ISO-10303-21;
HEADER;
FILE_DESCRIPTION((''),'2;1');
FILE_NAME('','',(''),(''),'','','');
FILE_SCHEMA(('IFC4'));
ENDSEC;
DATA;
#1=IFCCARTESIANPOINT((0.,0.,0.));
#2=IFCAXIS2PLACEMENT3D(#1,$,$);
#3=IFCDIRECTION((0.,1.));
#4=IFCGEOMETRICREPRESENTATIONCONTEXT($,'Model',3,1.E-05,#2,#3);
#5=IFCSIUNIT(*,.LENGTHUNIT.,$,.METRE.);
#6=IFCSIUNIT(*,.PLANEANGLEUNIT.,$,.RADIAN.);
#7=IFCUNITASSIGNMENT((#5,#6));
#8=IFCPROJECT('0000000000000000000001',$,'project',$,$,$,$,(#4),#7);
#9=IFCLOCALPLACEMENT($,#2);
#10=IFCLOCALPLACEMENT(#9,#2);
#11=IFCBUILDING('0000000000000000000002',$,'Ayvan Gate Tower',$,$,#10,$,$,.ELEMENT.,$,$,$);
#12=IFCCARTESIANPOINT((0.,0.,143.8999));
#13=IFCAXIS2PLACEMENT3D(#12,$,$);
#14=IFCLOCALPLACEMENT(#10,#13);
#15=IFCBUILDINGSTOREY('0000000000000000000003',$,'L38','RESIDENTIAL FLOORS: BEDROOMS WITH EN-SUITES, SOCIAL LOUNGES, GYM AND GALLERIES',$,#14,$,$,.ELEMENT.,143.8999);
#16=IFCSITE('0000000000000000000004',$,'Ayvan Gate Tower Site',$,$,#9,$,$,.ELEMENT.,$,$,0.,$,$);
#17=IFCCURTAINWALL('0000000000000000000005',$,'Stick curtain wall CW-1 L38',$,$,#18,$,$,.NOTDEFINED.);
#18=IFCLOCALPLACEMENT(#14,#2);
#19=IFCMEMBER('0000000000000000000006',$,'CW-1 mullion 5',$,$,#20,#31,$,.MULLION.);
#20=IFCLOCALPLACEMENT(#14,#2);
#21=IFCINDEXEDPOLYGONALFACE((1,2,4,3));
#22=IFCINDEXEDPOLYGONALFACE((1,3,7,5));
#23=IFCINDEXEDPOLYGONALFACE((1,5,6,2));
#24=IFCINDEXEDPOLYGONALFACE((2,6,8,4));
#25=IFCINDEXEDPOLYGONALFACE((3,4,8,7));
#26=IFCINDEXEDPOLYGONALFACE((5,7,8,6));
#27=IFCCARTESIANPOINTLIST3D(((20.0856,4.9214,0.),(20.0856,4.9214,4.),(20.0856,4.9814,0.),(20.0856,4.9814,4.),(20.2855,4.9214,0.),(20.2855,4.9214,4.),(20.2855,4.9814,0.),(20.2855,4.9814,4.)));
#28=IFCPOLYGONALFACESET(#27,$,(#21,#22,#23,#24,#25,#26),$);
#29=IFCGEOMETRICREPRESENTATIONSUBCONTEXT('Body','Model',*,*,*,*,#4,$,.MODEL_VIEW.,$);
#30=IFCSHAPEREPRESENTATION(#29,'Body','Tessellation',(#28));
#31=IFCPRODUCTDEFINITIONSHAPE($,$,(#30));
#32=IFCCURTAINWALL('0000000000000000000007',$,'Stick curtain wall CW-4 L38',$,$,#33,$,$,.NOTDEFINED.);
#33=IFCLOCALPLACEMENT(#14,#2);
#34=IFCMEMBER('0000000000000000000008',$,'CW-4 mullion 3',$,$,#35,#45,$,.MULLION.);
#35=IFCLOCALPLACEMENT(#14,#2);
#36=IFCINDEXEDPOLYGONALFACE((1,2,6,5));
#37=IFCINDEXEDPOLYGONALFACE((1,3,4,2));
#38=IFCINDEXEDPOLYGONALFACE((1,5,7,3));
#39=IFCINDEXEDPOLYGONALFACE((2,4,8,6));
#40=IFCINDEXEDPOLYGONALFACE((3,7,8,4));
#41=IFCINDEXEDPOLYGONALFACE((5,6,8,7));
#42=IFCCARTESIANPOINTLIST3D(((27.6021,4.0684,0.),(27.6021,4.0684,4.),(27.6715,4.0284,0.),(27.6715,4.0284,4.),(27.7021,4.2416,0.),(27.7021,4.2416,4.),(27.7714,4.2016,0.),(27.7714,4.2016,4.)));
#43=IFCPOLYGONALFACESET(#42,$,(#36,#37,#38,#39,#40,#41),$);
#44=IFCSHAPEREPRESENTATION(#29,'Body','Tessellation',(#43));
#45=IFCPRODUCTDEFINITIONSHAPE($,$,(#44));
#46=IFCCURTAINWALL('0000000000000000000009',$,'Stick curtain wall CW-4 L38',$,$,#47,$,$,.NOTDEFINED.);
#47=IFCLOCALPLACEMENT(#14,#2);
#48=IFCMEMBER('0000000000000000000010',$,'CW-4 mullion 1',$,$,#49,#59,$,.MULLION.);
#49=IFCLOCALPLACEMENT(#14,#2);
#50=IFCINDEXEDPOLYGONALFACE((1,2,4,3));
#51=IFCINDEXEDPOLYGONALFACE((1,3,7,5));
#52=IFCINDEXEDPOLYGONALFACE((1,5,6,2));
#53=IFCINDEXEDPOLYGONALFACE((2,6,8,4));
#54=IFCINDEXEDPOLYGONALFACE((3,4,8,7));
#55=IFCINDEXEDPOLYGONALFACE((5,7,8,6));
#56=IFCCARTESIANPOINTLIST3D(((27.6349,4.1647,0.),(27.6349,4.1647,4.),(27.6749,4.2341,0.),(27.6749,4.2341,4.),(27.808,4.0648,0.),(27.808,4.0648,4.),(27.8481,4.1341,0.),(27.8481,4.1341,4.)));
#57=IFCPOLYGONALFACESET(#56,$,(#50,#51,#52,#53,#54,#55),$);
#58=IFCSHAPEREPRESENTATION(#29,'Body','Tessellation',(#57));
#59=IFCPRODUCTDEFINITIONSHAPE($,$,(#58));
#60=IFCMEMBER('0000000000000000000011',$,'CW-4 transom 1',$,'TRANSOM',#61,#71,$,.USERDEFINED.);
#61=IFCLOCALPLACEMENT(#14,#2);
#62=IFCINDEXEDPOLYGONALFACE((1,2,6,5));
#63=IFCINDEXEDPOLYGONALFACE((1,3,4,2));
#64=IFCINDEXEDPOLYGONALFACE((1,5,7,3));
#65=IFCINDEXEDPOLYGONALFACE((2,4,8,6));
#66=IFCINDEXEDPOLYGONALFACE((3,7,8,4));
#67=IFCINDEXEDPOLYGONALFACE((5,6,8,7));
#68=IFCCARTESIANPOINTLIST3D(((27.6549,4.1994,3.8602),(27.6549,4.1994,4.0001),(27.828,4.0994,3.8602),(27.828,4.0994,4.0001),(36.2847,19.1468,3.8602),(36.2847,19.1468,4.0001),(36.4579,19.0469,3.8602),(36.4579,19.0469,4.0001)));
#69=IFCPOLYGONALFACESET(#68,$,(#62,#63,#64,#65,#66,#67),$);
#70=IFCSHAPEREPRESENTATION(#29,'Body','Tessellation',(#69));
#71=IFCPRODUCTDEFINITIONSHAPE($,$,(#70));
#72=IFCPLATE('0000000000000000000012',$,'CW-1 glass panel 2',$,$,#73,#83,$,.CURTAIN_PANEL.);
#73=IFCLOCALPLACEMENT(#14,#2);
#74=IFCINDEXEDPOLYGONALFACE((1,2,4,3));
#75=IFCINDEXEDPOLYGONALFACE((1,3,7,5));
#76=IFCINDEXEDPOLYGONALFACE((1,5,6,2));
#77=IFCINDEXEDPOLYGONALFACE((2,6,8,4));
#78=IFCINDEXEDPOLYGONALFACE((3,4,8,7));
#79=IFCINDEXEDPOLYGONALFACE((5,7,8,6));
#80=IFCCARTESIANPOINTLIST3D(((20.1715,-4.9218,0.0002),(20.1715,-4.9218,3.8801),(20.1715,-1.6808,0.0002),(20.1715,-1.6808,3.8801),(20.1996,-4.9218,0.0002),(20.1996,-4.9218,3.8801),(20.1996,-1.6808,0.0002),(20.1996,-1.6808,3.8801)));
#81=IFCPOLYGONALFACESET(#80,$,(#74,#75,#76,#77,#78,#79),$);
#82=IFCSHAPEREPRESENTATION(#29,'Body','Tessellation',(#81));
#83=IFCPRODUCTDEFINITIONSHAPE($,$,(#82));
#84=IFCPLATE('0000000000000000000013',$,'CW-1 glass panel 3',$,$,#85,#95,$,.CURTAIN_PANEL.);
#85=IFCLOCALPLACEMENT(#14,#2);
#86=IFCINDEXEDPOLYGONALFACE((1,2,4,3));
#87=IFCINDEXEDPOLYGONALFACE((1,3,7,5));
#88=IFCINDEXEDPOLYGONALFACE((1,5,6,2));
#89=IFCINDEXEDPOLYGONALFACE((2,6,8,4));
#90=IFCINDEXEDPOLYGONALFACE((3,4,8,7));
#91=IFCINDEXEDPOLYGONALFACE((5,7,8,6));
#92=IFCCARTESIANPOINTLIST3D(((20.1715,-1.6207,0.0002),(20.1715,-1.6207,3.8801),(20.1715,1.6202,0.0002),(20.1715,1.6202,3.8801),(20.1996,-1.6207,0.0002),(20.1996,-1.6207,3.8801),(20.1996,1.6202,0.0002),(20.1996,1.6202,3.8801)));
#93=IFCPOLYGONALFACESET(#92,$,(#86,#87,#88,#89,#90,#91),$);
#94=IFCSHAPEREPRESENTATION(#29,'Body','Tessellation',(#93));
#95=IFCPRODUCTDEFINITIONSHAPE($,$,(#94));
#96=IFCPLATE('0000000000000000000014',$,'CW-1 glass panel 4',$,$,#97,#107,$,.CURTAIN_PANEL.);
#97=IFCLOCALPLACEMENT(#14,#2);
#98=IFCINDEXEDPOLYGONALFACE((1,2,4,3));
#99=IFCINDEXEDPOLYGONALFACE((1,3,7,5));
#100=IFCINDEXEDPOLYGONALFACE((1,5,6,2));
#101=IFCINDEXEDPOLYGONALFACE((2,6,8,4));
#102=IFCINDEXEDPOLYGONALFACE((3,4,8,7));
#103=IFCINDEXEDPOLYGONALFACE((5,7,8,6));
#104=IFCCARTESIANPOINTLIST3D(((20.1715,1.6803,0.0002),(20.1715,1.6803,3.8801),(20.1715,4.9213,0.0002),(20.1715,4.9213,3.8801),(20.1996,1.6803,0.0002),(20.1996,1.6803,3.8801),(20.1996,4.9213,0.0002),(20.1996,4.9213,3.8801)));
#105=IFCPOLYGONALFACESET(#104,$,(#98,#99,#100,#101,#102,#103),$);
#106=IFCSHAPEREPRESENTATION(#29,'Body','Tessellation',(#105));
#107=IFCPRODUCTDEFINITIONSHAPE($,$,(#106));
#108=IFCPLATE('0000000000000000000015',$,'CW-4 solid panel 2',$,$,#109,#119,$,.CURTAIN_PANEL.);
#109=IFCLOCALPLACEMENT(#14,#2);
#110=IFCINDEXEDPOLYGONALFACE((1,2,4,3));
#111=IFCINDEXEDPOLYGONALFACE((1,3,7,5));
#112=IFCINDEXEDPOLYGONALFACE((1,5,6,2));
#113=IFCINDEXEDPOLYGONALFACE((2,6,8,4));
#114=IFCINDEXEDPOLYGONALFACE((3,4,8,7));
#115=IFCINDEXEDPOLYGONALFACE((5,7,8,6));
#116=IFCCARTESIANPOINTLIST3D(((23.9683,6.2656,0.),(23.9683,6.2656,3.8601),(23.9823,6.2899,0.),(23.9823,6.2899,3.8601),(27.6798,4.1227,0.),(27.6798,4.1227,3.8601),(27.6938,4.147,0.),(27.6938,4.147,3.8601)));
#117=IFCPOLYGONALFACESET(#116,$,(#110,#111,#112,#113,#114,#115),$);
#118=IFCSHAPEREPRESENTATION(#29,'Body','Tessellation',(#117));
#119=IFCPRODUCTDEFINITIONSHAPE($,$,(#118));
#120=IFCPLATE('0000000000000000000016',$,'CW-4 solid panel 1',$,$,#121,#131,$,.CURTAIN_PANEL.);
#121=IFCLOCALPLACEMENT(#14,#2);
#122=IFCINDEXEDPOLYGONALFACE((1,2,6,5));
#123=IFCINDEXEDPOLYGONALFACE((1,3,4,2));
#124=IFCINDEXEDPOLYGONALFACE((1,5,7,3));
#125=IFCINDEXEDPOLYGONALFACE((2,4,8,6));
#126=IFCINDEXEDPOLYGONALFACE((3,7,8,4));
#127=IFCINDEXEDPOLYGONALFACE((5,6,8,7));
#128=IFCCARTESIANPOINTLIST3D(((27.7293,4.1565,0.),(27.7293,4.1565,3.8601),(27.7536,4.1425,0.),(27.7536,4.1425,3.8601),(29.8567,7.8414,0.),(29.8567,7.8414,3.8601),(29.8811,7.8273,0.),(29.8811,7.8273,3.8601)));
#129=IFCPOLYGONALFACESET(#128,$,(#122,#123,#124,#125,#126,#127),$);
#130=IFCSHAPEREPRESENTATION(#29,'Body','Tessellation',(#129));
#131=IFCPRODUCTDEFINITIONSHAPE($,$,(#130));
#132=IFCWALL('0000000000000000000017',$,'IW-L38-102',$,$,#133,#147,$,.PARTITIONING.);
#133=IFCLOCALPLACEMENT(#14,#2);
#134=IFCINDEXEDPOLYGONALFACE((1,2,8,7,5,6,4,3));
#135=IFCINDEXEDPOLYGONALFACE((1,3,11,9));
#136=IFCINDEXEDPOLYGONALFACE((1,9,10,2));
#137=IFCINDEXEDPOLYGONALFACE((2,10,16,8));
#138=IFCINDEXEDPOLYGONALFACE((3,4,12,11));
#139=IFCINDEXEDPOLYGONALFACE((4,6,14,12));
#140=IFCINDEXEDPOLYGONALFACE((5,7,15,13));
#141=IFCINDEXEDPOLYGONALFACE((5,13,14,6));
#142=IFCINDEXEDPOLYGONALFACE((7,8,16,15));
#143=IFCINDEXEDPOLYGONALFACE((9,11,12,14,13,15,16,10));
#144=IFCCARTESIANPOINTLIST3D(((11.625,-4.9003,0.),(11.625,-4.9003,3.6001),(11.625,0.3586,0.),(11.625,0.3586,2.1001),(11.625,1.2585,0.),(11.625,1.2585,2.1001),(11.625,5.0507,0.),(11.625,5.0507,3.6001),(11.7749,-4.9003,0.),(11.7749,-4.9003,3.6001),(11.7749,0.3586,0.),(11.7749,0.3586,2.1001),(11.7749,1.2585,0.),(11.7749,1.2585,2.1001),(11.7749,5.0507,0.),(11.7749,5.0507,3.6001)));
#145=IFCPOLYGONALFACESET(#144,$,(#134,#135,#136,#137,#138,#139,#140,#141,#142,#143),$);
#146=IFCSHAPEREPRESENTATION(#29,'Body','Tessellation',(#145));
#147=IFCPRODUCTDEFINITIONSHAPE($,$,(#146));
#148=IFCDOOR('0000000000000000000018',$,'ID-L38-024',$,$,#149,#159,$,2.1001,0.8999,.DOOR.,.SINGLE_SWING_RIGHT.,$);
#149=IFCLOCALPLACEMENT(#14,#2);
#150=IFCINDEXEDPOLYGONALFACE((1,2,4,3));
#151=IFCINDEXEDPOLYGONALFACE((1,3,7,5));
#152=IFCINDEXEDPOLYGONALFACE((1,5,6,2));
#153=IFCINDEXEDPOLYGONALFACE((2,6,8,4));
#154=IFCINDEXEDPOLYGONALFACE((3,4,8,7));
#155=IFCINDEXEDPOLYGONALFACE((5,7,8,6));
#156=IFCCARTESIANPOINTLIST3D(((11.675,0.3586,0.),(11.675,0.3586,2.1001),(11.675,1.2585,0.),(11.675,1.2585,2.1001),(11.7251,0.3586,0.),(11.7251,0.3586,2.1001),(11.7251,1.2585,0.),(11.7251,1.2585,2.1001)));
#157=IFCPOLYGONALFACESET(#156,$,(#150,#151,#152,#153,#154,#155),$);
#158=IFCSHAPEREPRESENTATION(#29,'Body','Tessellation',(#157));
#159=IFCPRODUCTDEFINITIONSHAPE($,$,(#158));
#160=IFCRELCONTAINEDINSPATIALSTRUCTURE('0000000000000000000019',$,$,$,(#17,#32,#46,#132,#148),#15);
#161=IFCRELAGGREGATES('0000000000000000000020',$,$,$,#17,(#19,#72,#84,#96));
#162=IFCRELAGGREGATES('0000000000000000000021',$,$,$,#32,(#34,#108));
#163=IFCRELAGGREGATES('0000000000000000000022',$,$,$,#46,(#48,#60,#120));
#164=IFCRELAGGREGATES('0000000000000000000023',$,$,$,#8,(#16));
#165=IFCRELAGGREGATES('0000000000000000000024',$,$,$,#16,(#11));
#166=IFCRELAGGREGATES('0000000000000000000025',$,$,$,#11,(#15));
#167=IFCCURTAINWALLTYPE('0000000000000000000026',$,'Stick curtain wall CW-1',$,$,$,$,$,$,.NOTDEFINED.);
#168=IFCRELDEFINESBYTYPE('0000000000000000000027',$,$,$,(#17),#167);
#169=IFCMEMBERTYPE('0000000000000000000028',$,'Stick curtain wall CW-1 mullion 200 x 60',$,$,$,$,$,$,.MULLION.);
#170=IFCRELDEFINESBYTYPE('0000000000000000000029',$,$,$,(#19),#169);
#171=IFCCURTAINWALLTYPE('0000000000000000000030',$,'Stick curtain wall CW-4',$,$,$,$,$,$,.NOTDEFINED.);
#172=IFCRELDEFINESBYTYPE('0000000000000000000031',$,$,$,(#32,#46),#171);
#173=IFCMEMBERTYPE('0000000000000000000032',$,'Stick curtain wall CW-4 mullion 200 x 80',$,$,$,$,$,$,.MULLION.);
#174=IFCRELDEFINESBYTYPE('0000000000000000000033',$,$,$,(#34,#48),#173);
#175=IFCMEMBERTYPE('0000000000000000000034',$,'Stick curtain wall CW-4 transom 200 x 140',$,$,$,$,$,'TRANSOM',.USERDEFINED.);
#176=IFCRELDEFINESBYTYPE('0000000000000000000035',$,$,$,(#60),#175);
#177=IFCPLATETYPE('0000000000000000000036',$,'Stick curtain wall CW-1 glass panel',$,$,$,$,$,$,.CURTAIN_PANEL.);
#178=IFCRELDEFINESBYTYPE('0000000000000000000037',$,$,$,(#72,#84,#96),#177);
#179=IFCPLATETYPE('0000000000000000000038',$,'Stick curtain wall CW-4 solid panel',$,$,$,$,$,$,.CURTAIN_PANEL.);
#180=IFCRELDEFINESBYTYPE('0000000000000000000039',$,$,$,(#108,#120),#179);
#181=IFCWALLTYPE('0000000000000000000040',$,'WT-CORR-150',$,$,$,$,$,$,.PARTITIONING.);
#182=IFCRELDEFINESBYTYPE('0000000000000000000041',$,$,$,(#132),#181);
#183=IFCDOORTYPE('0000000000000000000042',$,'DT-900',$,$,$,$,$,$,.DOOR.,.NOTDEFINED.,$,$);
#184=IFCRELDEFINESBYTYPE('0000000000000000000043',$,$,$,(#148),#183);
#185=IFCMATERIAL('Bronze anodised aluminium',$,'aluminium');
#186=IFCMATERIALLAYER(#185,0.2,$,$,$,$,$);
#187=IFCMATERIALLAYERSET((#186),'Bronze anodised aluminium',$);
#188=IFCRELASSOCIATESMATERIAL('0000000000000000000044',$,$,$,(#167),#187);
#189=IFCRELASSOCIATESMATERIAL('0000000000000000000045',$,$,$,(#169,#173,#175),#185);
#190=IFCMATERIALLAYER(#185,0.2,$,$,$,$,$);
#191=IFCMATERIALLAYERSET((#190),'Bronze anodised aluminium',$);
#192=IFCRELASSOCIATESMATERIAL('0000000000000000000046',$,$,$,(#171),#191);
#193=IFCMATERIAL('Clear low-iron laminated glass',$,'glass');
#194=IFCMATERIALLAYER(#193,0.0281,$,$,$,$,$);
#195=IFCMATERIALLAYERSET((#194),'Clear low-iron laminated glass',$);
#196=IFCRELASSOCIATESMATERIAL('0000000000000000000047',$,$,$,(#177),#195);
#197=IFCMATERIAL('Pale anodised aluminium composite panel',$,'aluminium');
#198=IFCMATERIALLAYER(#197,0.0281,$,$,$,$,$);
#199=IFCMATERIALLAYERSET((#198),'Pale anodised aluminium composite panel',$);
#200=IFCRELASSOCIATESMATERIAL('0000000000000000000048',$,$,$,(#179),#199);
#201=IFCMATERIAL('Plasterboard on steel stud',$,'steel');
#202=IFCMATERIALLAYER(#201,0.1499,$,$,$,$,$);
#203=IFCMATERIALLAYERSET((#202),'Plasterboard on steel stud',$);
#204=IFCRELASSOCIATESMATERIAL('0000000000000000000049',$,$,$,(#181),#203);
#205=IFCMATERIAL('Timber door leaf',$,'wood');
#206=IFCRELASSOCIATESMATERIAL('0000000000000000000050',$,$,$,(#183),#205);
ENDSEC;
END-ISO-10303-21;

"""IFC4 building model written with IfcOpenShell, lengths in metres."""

from ifc_helpers import new_model, si_unit, direction, frame, frame_2d, origin, origin_2d, place, context, subcontext, project, spatial, rectangle, extrude, material, layer, layer_set, material_profile, profile_set, type_object, element, fill, aggregate, save


model = new_model("IFC4")

# Units and contexts
model_context = context("Model", 3, precision=1e-05, world=origin(), true_north=direction((0.0, 1.0)))
body_context = subcontext(model_context, "Body", "Model", "MODEL_VIEW")
ifc_project = project(units=[si_unit("LENGTHUNIT", "METRE"), si_unit("PLANEANGLEUNIT", "RADIAN")], contexts=[model_context])

# Site, building, storey
site_placement = place(None, origin())
site = spatial("IfcSite", under=ifc_project, at=site_placement, Name="Ayvan Gate Tower Site", CompositionType="ELEMENT", RefElevation=0.0)
building_placement = place(site_placement, origin())
building = spatial("IfcBuilding", under=site, at=building_placement, Name="Ayvan Gate Tower", CompositionType="ELEMENT")
storey_placement = place(building_placement, frame((0.0, 0.0, 143.8999)))
storey = spatial("IfcBuildingStorey", under=building, at=storey_placement, Name="L38", Description="RESIDENTIAL FLOORS: BEDROOMS WITH EN-SUITES, SOCIAL LOUNGES, GYM AND GALLERIES", CompositionType="ELEMENT", Elevation=143.8999)

# Curtain wall, member
ifc_material_1 = material(Name="Bronze anodised aluminium", Category="aluminium")
ifc_layer_1 = layer(ifc_material_1, 0.2)
ifc_layer_set_1 = layer_set([ifc_layer_1], Name="Bronze anodised aluminium")
curtain_wall_type_1 = type_object("IfcCurtainWallType", Name="Stick curtain wall CW-1", PredefinedType="NOTDEFINED", material=ifc_layer_set_1)
curtain_wall_1_placement = place(storey_placement, origin())
curtain_wall_1 = element("IfcCurtainWall", 1, at=curtain_wall_1_placement, inside=storey, type_object=curtain_wall_type_1, Name="Stick curtain wall CW-1 L38", PredefinedType="NOTDEFINED")
ifc_material_profile_1 = material_profile(ifc_material_1, rectangle(XDim=0.2, YDim=0.0601, at=origin_2d()), Name="Stick curtain wall CW-1 mullion 200 x 60")
ifc_profile_set_1 = profile_set([ifc_material_profile_1], Name="Bronze anodised aluminium")
member_type_1 = type_object("IfcMemberType", Name="Stick curtain wall CW-1 mullion 200 x 60", PredefinedType="MULLION", material=ifc_profile_set_1)
member_1_placement = place(storey_placement, frame((20.1855, 4.9514, 0.0), z_axis=(0.0, 0.0, 1.0), x_axis=(1.0, 0.0, 0.0)))
member_1 = element("IfcMember", 2, at=member_1_placement, type_object=member_type_1, Name="CW-1 mullion 5", PredefinedType="MULLION", context=body_context, shape_type="SweptSolid", body=[
    extrude(rectangle(XDim=0.2, YDim=0.0601, at=origin_2d()), origin(), (0.0, 0.0, 1.0), 4.0),
])

# Curtain wall, member
ifc_layer_2 = layer(ifc_material_1, 0.2)
ifc_layer_set_2 = layer_set([ifc_layer_2], Name="Bronze anodised aluminium")
curtain_wall_type_2 = type_object("IfcCurtainWallType", Name="Stick curtain wall CW-4", PredefinedType="NOTDEFINED", material=ifc_layer_set_2)
curtain_wall_2_placement = place(storey_placement, origin())
curtain_wall_2 = element("IfcCurtainWall", 3, at=curtain_wall_2_placement, inside=storey, type_object=curtain_wall_type_2, Name="Stick curtain wall CW-4 L38", PredefinedType="NOTDEFINED")
ifc_material_profile_2 = material_profile(ifc_material_1, rectangle(XDim=0.2, YDim=0.0801, at=origin_2d()), Name="Stick curtain wall CW-4 mullion 200 x 80")
ifc_profile_set_2 = profile_set([ifc_material_profile_2], Name="Bronze anodised aluminium")
member_type_2 = type_object("IfcMemberType", Name="Stick curtain wall CW-4 mullion 200 x 80", PredefinedType="MULLION", material=ifc_profile_set_2)
member_2_placement = place(storey_placement, frame((27.6868, 4.135, 0.0), z_axis=(0.0, 0.0, 1.0), x_axis=(-0.5, -0.866025, 0.0)))
member_2 = element("IfcMember", 4, at=member_2_placement, type_object=member_type_2, Name="CW-4 mullion 3", PredefinedType="MULLION", context=body_context, shape_type="SweptSolid", body=[
    extrude(rectangle(XDim=0.2, YDim=0.0801, at=origin_2d()), origin(), (0.0, 0.0, 1.0), 4.0),
])

# Curtain wall, members
curtain_wall_3_placement = place(storey_placement, origin())
curtain_wall_3 = element("IfcCurtainWall", 5, at=curtain_wall_3_placement, inside=storey, type_object=curtain_wall_type_2, Name="Stick curtain wall CW-4 L38", PredefinedType="NOTDEFINED")
member_3_placement = place(storey_placement, frame((27.7415, 4.1494, 0.0), z_axis=(0.0, 0.0, 1.0), x_axis=(0.866025, -0.5, 0.0)))
member_3 = element("IfcMember", 6, at=member_3_placement, type_object=member_type_2, Name="CW-4 mullion 1", PredefinedType="MULLION", context=body_context, shape_type="SweptSolid", body=[
    extrude(rectangle(XDim=0.2, YDim=0.0801, at=origin_2d()), origin(), (0.0, 0.0, 1.0), 4.0),
])
ifc_material_profile_3 = material_profile(ifc_material_1, rectangle(XDim=0.2, YDim=0.1399, at=origin_2d()), Name="Stick curtain wall CW-4 transom 200 x 140")
ifc_profile_set_3 = profile_set([ifc_material_profile_3], Name="Bronze anodised aluminium")
member_type_3 = type_object("IfcMemberType", Name="Stick curtain wall CW-4 transom 200 x 140", ElementType="TRANSOM", PredefinedType="USERDEFINED", material=ifc_profile_set_3)
member_4_placement = place(storey_placement, frame((27.7415, 4.1494, 3.9302), z_axis=(0.499997, 0.866027, 0.0), x_axis=(-0.866027, 0.499997, 0.0)))
member_4 = element("IfcMember", 7, at=member_4_placement, type_object=member_type_3, Name="CW-4 transom 1", ObjectType="TRANSOM", PredefinedType="USERDEFINED", context=body_context, shape_type="SweptSolid", body=[
    extrude(rectangle(XDim=0.2, YDim=0.1399, at=origin_2d()), origin(), (0.0, 0.0, 1.0), 17.2598),
])

# Plates
ifc_material_2 = material(Name="Clear low-iron laminated glass", Category="glass")
ifc_layer_3 = layer(ifc_material_2, 0.0281)
ifc_layer_set_3 = layer_set([ifc_layer_3], Name="Clear low-iron laminated glass")
plate_type_1 = type_object("IfcPlateType", Name="Stick curtain wall CW-1 glass panel", PredefinedType="CURTAIN_PANEL", material=ifc_layer_set_3)
plate_1_placement = place(storey_placement, frame((20.1855, -3.3013, 0.0002), z_axis=(0.0, 0.0, 1.0), x_axis=(0.0, 1.0, 0.0)))
plate_1 = element("IfcPlate", 8, at=plate_1_placement, type_object=plate_type_1, Name="CW-1 glass panel 2", PredefinedType="CURTAIN_PANEL", context=body_context, shape_type="SweptSolid", body=[
    extrude(rectangle(XDim=3.241, YDim=0.0281, at=origin_2d()), origin(), (0.0, 0.0, 1.0), 3.8799),
])
plate_2_placement = place(storey_placement, frame((20.1855, -0.0002, 0.0002), z_axis=(0.0, 0.0, 1.0), x_axis=(0.0, 1.0, 0.0)))
plate_2 = element("IfcPlate", 9, at=plate_2_placement, type_object=plate_type_1, Name="CW-1 glass panel 3", PredefinedType="CURTAIN_PANEL", context=body_context, shape_type="SweptSolid", body=[
    extrude(rectangle(XDim=3.241, YDim=0.0281, at=origin_2d()), origin(), (0.0, 0.0, 1.0), 3.8799),
])
plate_3_placement = place(storey_placement, frame((20.1855, 3.3008, 0.0002), z_axis=(0.0, 0.0, 1.0), x_axis=(0.0, 1.0, 0.0)))
plate_3 = element("IfcPlate", 10, at=plate_3_placement, type_object=plate_type_1, Name="CW-1 glass panel 4", PredefinedType="CURTAIN_PANEL", context=body_context, shape_type="SweptSolid", body=[
    extrude(rectangle(XDim=3.241, YDim=0.0281, at=origin_2d()), origin(), (0.0, 0.0, 1.0), 3.8799),
])
aggregate(curtain_wall_1, [member_1, plate_1, plate_2, plate_3])
ifc_material_3 = material(Name="Pale anodised aluminium composite panel", Category="aluminium")
ifc_layer_4 = layer(ifc_material_3, 0.0281)
ifc_layer_set_4 = layer_set([ifc_layer_4], Name="Pale anodised aluminium composite panel")
plate_type_2 = type_object("IfcPlateType", Name="Stick curtain wall CW-4 solid panel", PredefinedType="CURTAIN_PANEL", material=ifc_layer_set_4)
plate_4_placement = place(storey_placement, frame((25.8311, 5.2063, 0.0), z_axis=(0.0, 0.0, 1.0), x_axis=(0.866025, -0.5, 0.0)))
plate_4 = element("IfcPlate", 11, at=plate_4_placement, type_object=plate_type_2, Name="CW-4 solid panel 2", PredefinedType="CURTAIN_PANEL", context=body_context, shape_type="SweptSolid", body=[
    extrude(rectangle(XDim=4.2856, YDim=0.0281, at=origin_2d()), origin(), (0.0, 0.0, 1.0), 3.8601),
])
aggregate(curtain_wall_2, [member_2, plate_4])
plate_5_placement = place(storey_placement, frame((28.8052, 5.9919, 0.0), z_axis=(0.0, 0.0, 1.0), x_axis=(0.5, 0.866025, 0.0)))
plate_5 = element("IfcPlate", 12, at=plate_5_placement, type_object=plate_type_2, Name="CW-4 solid panel 1", PredefinedType="CURTAIN_PANEL", context=body_context, shape_type="SweptSolid", body=[
    extrude(rectangle(XDim=4.2549, YDim=0.0281, at=origin_2d()), origin(), (0.0, 0.0, 1.0), 3.8601),
])
aggregate(curtain_wall_3, [member_3, member_4, plate_5])

# Wall, opening, door
ifc_material_4 = material(Name="Plasterboard on steel stud", Category="steel")
ifc_layer_5 = layer(ifc_material_4, 0.1499)
ifc_layer_set_5 = layer_set([ifc_layer_5], Name="Plasterboard on steel stud")
wall_type_1 = type_object("IfcWallType", Name="WT-CORR-150", PredefinedType="PARTITIONING", material=ifc_layer_set_5)
wall_1_placement = place(storey_placement, frame((11.7, -4.9004, 0.0), z_axis=(0.0, 0.0, 1.0), x_axis=(0.0, 1.0, 0.0)))
wall_1 = element("IfcWall", 13, at=wall_1_placement, inside=storey, type_object=wall_type_1, Name="IW-L38-102", PredefinedType="PARTITIONING", context=body_context, shape_type="SweptSolid", body=[
    extrude(rectangle(XDim=9.9509, YDim=0.1499, at=frame_2d((4.9756, 0.0))), origin(), (0.0, 0.0, 1.0), 3.6001),
])
opening_1_placement = place(wall_1_placement, frame((5.259, 0.0, 0.0)))
opening_1 = element("IfcOpeningElement", 14, at=opening_1_placement, cuts=wall_1, PredefinedType="OPENING", context=body_context, shape_type="SweptSolid", body=[
    extrude(rectangle(XDim=0.8999, YDim=2.1001, at=frame_2d((0.45, 1.05))), frame((0.0, 0.085, 0.0), z_axis=(0.0, -1.0, 0.0), x_axis=(1.0, 0.0, 0.0)), (0.0, 0.0, 1.0), 0.1699),
])
ifc_material_5 = material(Name="Timber door leaf", Category="wood")
door_type_1 = type_object("IfcDoorType", Name="DT-900", OperationType="NOTDEFINED", PredefinedType="DOOR", material=ifc_material_5)
door_1_placement = place(opening_1_placement, origin())
door_1 = element("IfcDoor", 15, at=door_1_placement, inside=storey, type_object=door_type_1, Name="ID-L38-024", OperationType="SINGLE_SWING_RIGHT", OverallHeight=2.1001, OverallWidth=0.8999, PredefinedType="DOOR", context=body_context, shape_type="SweptSolid", body=[
    extrude(rectangle(XDim=0.8999, YDim=2.1001, at=frame_2d((0.45, 1.05))), frame((0.0, 0.0249, 0.0), z_axis=(0.0, -1.0, 0.0), x_axis=(1.0, 0.0, 0.0)), (0.0, 0.0, 1.0), 0.05),
])
fill(opening_1, door_1)

save(model, "model.ifc")
